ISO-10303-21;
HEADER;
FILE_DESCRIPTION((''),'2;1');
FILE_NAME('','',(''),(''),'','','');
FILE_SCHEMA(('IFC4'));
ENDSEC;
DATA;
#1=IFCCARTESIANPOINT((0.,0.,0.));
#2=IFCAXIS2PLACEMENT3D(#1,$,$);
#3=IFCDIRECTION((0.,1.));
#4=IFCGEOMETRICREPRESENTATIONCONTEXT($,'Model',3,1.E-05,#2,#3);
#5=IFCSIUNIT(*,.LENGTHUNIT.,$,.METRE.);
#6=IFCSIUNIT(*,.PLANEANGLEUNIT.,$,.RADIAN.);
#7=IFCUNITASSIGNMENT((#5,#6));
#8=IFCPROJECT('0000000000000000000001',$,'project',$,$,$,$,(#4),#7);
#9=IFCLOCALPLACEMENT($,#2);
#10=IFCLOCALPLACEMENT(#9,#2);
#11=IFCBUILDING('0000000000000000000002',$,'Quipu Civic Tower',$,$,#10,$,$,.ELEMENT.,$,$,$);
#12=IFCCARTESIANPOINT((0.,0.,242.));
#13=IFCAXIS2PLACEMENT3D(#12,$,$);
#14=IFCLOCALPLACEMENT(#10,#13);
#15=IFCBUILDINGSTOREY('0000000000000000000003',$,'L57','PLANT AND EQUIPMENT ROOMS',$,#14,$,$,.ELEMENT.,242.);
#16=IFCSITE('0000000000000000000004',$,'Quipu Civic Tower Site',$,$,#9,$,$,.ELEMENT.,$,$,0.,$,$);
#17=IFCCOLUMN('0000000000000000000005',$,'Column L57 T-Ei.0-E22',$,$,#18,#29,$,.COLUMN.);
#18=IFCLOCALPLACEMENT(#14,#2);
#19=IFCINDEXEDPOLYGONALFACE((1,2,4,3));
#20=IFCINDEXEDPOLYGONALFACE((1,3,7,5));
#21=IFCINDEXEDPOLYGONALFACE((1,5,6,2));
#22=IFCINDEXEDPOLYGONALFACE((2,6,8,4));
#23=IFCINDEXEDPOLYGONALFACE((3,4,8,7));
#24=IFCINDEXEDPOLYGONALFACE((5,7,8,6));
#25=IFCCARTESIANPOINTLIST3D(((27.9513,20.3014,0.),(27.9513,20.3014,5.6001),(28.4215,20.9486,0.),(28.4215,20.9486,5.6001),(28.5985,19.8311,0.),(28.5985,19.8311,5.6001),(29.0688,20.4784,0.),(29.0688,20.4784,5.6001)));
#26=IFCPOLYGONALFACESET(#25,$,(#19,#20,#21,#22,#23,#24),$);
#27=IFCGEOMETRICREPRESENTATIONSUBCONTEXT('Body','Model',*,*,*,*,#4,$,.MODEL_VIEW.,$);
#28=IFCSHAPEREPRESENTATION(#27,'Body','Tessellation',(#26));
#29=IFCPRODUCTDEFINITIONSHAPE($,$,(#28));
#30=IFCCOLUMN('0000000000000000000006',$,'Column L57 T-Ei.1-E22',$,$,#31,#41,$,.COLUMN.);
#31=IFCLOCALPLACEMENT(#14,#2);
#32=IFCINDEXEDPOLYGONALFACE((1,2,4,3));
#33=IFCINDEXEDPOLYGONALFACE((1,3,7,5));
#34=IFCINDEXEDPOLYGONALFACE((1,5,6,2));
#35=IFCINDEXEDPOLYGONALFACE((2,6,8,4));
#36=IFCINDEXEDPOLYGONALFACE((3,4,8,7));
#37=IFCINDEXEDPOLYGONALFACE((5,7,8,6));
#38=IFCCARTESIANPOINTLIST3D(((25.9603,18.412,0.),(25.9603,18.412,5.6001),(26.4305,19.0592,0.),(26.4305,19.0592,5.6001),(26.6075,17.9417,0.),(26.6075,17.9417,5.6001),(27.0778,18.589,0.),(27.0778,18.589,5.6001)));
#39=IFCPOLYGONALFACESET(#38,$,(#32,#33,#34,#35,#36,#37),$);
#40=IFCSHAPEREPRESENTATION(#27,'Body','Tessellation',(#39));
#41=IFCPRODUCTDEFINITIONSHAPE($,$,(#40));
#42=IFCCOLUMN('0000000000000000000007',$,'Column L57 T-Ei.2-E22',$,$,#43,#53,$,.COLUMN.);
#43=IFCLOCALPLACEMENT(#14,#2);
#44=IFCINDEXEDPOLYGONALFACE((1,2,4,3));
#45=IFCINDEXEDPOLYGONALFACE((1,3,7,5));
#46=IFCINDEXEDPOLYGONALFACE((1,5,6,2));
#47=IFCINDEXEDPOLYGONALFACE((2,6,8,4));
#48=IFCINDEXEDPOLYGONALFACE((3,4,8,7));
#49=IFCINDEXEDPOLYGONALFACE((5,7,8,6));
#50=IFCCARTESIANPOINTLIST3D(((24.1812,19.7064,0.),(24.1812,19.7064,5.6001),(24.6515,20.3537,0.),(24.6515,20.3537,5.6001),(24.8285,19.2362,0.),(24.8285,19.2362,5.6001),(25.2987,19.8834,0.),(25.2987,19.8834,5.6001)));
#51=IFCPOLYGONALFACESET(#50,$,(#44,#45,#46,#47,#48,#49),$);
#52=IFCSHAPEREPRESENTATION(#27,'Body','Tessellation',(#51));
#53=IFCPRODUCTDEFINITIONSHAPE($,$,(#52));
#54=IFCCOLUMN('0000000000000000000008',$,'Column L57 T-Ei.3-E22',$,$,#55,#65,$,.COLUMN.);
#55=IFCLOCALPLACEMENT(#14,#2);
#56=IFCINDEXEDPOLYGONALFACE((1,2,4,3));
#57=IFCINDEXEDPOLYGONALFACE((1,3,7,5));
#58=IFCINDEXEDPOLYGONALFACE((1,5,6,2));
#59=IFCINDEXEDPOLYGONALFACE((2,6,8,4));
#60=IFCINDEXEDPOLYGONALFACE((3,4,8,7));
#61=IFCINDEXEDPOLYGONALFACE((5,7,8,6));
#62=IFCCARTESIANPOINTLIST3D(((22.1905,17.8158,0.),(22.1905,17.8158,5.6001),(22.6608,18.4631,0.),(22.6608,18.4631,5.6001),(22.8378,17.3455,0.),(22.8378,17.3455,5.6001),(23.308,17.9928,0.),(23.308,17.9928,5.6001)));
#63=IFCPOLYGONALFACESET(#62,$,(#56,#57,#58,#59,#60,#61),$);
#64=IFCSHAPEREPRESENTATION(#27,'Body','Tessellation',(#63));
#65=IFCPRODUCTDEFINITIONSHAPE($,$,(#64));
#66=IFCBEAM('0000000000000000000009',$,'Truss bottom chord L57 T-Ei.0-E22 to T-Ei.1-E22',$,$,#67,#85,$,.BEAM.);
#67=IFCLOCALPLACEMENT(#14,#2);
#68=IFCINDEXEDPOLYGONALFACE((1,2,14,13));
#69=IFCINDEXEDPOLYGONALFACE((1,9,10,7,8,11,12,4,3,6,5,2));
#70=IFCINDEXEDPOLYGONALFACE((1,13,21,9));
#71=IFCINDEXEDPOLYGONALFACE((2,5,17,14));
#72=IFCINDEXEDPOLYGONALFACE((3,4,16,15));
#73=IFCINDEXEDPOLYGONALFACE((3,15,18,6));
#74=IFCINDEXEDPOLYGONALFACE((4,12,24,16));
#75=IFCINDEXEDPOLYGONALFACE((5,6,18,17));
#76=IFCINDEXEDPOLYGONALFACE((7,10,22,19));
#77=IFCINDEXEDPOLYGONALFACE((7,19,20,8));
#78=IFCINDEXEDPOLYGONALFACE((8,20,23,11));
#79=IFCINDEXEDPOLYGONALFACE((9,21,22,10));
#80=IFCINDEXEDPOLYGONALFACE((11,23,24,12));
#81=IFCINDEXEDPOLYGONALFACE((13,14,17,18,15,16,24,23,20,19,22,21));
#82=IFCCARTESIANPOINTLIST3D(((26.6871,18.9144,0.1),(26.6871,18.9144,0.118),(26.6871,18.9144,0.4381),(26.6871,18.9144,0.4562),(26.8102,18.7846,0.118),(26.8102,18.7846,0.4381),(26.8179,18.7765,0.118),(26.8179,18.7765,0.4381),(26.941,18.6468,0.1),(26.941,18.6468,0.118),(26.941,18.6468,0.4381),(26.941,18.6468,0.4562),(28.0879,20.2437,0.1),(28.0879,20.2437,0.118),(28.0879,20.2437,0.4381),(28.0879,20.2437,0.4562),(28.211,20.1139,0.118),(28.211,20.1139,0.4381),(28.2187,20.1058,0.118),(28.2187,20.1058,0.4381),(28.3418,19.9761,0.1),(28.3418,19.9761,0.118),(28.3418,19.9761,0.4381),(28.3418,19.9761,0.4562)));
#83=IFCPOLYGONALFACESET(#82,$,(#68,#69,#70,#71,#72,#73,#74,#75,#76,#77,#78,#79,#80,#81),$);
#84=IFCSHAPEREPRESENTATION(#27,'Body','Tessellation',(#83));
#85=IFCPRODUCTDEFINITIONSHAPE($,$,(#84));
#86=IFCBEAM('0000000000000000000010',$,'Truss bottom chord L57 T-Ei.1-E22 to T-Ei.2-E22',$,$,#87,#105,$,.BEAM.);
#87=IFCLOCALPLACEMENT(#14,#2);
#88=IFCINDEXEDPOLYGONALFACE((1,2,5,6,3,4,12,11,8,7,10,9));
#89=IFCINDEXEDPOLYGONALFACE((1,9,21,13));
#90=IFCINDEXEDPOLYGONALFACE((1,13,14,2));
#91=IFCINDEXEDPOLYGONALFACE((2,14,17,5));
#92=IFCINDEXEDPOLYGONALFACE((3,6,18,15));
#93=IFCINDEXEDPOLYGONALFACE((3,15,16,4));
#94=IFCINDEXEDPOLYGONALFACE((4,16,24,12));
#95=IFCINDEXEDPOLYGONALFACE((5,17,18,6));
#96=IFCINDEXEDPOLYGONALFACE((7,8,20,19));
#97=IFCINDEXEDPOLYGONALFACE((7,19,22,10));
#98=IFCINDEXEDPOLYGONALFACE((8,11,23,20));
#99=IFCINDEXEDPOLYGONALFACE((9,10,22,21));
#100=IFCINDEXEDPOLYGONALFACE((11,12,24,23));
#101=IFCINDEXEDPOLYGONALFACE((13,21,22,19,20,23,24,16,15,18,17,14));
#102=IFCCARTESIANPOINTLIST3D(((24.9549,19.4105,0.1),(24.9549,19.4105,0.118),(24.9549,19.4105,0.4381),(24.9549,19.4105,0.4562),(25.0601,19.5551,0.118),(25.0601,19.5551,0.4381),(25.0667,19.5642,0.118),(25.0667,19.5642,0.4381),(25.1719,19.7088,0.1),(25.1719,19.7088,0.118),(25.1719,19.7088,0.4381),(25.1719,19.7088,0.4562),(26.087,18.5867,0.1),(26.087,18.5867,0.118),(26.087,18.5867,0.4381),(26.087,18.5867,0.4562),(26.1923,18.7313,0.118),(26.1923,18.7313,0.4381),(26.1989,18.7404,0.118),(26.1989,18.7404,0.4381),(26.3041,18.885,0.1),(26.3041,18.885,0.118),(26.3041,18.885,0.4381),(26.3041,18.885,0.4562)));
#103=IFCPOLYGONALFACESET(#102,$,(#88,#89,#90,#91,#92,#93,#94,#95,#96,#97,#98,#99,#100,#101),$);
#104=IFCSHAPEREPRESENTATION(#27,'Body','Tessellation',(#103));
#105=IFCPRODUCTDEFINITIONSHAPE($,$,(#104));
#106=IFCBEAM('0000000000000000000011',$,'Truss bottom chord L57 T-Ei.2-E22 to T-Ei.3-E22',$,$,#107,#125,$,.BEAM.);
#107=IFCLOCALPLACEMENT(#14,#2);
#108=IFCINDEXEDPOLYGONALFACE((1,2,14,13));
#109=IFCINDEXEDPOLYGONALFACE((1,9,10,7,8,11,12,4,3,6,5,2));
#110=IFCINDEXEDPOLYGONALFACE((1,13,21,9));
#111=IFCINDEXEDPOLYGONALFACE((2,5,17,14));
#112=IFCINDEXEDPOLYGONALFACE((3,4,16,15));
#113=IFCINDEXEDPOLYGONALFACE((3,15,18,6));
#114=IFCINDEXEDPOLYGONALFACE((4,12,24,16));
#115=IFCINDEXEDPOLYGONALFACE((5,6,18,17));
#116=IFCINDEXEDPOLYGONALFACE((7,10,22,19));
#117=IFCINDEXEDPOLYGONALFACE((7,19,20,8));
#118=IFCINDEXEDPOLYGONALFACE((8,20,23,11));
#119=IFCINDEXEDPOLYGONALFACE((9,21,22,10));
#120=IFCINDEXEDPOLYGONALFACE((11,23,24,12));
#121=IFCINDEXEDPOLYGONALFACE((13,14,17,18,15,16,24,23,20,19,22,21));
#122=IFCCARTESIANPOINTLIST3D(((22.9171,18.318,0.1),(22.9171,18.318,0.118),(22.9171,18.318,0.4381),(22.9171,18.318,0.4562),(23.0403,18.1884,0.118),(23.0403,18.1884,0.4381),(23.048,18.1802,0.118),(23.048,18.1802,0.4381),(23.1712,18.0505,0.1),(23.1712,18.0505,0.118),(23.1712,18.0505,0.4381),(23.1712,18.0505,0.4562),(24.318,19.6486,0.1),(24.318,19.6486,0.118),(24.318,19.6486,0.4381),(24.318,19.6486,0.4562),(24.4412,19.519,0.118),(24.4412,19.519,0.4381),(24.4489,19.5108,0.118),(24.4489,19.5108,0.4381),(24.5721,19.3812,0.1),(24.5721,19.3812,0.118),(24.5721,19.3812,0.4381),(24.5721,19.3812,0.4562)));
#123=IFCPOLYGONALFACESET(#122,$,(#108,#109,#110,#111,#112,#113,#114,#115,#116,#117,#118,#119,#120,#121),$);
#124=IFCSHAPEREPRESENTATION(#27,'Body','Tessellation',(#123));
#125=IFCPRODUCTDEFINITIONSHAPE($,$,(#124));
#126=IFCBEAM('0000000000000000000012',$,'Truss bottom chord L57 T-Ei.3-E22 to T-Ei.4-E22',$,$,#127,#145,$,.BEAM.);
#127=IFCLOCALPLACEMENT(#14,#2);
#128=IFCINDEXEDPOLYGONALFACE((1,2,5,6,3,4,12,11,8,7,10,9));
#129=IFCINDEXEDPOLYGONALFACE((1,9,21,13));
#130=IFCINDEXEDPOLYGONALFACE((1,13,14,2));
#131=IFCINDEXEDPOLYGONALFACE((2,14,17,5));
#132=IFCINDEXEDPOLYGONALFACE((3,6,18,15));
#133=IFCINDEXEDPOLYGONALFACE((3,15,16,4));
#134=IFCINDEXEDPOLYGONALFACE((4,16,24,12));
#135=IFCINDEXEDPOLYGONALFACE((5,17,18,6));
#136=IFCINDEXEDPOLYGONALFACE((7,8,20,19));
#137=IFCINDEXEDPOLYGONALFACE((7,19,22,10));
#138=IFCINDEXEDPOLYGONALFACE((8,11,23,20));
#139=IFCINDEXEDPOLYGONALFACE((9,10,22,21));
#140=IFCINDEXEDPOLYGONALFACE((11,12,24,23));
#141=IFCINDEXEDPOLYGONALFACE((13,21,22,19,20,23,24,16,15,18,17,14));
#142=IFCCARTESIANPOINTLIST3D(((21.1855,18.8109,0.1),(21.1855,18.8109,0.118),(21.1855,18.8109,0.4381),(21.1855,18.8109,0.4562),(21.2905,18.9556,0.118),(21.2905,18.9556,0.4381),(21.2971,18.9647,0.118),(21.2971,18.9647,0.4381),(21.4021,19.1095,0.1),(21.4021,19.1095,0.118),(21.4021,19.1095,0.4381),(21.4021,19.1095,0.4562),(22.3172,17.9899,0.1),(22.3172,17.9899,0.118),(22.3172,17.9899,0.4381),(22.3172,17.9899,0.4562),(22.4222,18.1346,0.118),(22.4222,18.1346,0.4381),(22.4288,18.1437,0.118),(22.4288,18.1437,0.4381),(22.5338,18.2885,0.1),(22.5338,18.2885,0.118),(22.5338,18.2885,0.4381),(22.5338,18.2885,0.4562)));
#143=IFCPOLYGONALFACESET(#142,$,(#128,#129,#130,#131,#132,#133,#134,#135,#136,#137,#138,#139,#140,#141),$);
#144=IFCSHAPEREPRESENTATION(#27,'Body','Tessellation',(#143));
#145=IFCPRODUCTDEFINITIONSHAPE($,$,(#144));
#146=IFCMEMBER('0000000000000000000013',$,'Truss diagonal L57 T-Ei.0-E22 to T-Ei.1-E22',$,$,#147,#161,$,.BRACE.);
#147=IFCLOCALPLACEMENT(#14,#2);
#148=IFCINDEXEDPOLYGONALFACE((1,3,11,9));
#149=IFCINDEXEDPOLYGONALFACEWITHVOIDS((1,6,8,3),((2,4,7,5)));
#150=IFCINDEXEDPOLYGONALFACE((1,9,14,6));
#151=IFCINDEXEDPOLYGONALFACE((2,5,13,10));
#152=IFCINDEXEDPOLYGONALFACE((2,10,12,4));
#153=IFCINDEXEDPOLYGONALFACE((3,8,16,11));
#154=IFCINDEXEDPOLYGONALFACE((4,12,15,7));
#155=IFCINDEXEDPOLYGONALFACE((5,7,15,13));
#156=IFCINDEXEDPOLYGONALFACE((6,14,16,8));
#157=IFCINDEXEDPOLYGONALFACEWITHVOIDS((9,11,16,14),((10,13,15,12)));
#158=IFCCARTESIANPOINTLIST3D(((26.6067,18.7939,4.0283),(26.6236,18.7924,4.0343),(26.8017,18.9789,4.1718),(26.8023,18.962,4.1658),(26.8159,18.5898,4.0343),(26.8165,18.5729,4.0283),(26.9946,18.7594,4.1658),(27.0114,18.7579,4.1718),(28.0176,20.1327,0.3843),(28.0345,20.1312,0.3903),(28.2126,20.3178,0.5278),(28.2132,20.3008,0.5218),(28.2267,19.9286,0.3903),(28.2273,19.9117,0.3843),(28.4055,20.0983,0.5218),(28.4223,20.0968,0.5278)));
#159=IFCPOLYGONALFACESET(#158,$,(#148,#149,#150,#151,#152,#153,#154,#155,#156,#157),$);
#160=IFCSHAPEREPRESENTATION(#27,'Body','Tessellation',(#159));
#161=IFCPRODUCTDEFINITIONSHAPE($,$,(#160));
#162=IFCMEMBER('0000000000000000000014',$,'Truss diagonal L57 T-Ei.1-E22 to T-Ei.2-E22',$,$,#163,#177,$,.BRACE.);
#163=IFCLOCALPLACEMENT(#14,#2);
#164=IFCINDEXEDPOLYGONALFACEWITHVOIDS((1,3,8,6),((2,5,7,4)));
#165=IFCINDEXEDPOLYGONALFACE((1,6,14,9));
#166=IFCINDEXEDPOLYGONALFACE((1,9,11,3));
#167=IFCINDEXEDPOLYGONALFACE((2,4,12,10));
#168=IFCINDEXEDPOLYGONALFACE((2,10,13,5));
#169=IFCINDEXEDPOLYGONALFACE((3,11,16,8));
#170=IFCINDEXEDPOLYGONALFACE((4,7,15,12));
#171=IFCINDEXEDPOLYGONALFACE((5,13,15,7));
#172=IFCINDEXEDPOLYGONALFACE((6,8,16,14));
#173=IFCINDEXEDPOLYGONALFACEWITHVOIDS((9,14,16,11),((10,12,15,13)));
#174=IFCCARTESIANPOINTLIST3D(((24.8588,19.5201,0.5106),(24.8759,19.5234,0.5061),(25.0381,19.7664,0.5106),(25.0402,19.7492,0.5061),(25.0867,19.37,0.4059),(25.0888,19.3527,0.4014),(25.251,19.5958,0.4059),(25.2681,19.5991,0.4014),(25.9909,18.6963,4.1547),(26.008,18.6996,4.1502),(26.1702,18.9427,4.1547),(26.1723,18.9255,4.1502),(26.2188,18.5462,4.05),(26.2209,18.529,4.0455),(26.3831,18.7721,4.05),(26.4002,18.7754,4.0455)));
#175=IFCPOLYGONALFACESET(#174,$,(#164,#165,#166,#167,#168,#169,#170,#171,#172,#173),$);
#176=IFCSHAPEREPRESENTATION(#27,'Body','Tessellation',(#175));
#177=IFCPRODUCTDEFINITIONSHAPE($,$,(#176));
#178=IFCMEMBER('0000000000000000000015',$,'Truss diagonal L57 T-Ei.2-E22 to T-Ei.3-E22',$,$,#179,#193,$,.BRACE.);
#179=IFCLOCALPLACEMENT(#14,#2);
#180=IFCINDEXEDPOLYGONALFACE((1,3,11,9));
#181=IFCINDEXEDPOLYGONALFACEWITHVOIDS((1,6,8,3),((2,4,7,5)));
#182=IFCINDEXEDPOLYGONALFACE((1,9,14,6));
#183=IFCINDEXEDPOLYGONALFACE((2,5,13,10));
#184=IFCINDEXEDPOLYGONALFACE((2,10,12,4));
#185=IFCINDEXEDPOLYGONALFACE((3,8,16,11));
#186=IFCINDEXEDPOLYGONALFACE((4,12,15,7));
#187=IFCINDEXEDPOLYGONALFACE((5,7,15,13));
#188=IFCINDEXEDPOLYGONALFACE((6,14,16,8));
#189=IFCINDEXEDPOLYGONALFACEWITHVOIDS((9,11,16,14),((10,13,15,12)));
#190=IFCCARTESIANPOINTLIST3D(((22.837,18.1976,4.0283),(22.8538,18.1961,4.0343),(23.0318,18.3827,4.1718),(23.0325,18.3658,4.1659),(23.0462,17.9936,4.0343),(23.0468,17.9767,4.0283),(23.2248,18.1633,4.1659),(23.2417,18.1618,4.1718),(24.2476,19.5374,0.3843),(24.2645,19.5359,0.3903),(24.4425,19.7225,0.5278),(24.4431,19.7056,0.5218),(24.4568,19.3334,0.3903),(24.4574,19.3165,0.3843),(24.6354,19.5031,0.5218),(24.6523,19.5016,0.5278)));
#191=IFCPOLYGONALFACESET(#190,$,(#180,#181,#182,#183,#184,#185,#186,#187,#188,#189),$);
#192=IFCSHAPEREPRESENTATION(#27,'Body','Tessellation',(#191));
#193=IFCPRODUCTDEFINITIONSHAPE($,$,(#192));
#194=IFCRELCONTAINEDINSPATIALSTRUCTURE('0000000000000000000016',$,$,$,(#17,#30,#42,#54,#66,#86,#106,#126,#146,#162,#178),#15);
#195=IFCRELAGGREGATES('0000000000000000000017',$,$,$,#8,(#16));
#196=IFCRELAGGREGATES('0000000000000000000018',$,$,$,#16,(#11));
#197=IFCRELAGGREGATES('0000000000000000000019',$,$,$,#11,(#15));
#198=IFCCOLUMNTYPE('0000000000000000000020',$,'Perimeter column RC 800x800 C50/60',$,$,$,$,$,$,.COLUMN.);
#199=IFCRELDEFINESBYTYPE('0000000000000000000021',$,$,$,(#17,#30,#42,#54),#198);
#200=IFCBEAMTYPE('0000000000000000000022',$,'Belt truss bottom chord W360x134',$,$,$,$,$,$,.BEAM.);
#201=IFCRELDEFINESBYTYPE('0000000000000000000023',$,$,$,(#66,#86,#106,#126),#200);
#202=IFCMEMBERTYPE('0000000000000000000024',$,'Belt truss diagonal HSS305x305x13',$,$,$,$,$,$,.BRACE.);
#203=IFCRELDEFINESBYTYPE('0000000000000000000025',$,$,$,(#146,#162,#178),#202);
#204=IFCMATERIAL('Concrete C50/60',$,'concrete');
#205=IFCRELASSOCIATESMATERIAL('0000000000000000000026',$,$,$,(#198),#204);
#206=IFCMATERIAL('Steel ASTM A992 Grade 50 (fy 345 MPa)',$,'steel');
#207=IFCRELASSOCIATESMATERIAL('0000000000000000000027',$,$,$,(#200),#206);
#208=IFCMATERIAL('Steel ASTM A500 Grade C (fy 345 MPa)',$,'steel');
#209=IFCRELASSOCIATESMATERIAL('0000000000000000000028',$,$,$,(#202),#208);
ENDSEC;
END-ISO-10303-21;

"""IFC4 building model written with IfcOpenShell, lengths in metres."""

from ifc_helpers import new_model, si_unit, direction, frame, origin, origin_2d, place, context, subcontext, project, spatial, rectangle, hollow_rectangle, i_section, extrude, material, material_profile, profile_set, type_object, element, save


model = new_model("IFC4")

# Units and contexts
model_context = context("Model", 3, precision=1e-05, world=origin(), true_north=direction((0.0, 1.0)))
body_context = subcontext(model_context, "Body", "Model", "MODEL_VIEW")
ifc_project = project(units=[si_unit("LENGTHUNIT", "METRE"), si_unit("PLANEANGLEUNIT", "RADIAN")], contexts=[model_context])

# Site, building, storey
site_placement = place(None, origin())
site = spatial("IfcSite", under=ifc_project, at=site_placement, Name="Quipu Civic Tower Site", CompositionType="ELEMENT", RefElevation=0.0)
building_placement = place(site_placement, origin())
building = spatial("IfcBuilding", under=site, at=building_placement, Name="Quipu Civic Tower", CompositionType="ELEMENT")
storey_placement = place(building_placement, frame((0.0, 0.0, 242.0)))
storey = spatial("IfcBuildingStorey", under=building, at=storey_placement, Name="L57", Description="PLANT AND EQUIPMENT ROOMS", CompositionType="ELEMENT", Elevation=242.0)

# Columns
ifc_material_1 = material(Name="Concrete C50/60", Category="concrete")
ifc_material_profile_1 = material_profile(ifc_material_1, rectangle(XDim=0.8, YDim=0.8, at=origin_2d()), Name="RC800x800")
ifc_profile_set_1 = profile_set([ifc_material_profile_1], Name="Concrete C50/60")
column_type = type_object("IfcColumnType", Name="Perimeter column RC 800x800 C50/60", PredefinedType="COLUMN", material=ifc_profile_set_1)
for number, where, z_axis, x_axis, name in (
    (1, (28.51, 20.3899, 0.0), (0.0, 0.0, 1.0), (-0.587785, -0.809017, 0.0), "Column L57 T-Ei.0-E22"),
    (2, (26.519, 18.5005, 0.0), (0.0, 0.0, 1.0), (-0.809017, 0.587785, 0.0), "Column L57 T-Ei.1-E22"),
    (3, (24.74, 19.7949, 0.0), (0.0, 0.0, 1.0), (-0.587785, -0.809017, 0.0), "Column L57 T-Ei.2-E22"),
    (4, (22.7493, 17.9043, 0.0), (0.0, 0.0, 1.0), (-0.587785, -0.809017, 0.0), "Column L57 T-Ei.3-E22"),
):
    element("IfcColumn", number, at=place(storey_placement, frame(where, z_axis=z_axis, x_axis=x_axis)), inside=storey, type_object=column_type, Name=name, PredefinedType="COLUMN", context=body_context, shape_type="SweptSolid", body=[
        extrude(rectangle(XDim=0.8, YDim=0.8, at=origin_2d()), origin(), (0.0, 0.0, 1.0), 5.6001),
    ])

# Beams
ifc_material_2 = material(Name="Steel ASTM A992 Grade 50 (fy 345 MPa)", Category="steel")
ifc_material_profile_2 = material_profile(ifc_material_2, i_section(OverallWidth=0.3689, OverallDepth=0.3562, WebThickness=0.0112, FlangeThickness=0.0181, at=origin_2d()), Name="W360x134")
ifc_profile_set_2 = profile_set([ifc_material_profile_2], Name="Steel ASTM A992 Grade 50 (fy 345 MPa)")
beam_type_1 = type_object("IfcBeamType", Name="Belt truss bottom chord W360x134", PredefinedType="BEAM", material=ifc_profile_set_2)
beam_1_placement = place(storey_placement, frame((28.2148, 20.1099, 0.2781), z_axis=(-0.725384, -0.688344, 0.0), x_axis=(0.688344, -0.725384, 0.0)))
element("IfcBeam", 5, at=beam_1_placement, inside=storey, type_object=beam_type_1, Name="Truss bottom chord L57 T-Ei.0-E22 to T-Ei.1-E22", PredefinedType="BEAM", context=body_context, shape_type="SweptSolid", body=[
    extrude(i_section(OverallWidth=0.3689, OverallDepth=0.3562, WebThickness=0.0112, FlangeThickness=0.0181, at=origin_2d()), origin(), (0.0, 0.0, 1.0), 1.9312),
])
beam_2_placement = place(storey_placement, frame((26.1956, 18.7358, 0.2781), z_axis=(-0.8086, 0.588358, 0.0), x_axis=(-0.588358, -0.8086, 0.0)))
element("IfcBeam", 6, at=beam_2_placement, inside=storey, type_object=beam_type_1, Name="Truss bottom chord L57 T-Ei.1-E22 to T-Ei.2-E22", PredefinedType="BEAM", context=body_context, shape_type="SweptSolid", body=[
    extrude(i_section(OverallWidth=0.3689, OverallDepth=0.3562, WebThickness=0.0112, FlangeThickness=0.0181, at=origin_2d()), origin(), (0.0, 0.0, 1.0), 1.4001),
])
beam_3_placement = place(storey_placement, frame((24.4451, 19.5149, 0.2781), z_axis=(-0.725069, -0.688676, 0.0), x_axis=(0.688676, -0.725069, 0.0)))
element("IfcBeam", 7, at=beam_3_placement, inside=storey, type_object=beam_type_1, Name="Truss bottom chord L57 T-Ei.2-E22 to T-Ei.3-E22", PredefinedType="BEAM", context=body_context, shape_type="SweptSolid", body=[
    extrude(i_section(OverallWidth=0.3689, OverallDepth=0.3562, WebThickness=0.0112, FlangeThickness=0.0181, at=origin_2d()), origin(), (0.0, 0.0, 1.0), 1.9321),
])
beam_4_placement = place(storey_placement, frame((22.4255, 18.1392, 0.2781), z_axis=(-0.809453, 0.587185, 0.0), x_axis=(-0.587185, -0.809453, 0.0)))
element("IfcBeam", 8, at=beam_4_placement, inside=storey, type_object=beam_type_1, Name="Truss bottom chord L57 T-Ei.3-E22 to T-Ei.4-E22", PredefinedType="BEAM", context=body_context, shape_type="SweptSolid", body=[
    extrude(i_section(OverallWidth=0.3689, OverallDepth=0.3562, WebThickness=0.0112, FlangeThickness=0.0181, at=origin_2d()), origin(), (0.0, 0.0, 1.0), 1.3982),
])

# Members
ifc_material_3 = material(Name="Steel ASTM A500 Grade C (fy 345 MPa)", Category="steel")
ifc_material_profile_3 = material_profile(ifc_material_3, hollow_rectangle(XDim=0.3047, YDim=0.3047, WallThickness=0.0127, at=origin_2d()), Name="HSS305x305x13")
ifc_profile_set_3 = profile_set([ifc_material_profile_3], Name="Steel ASTM A500 Grade C (fy 345 MPa)")
member_type = type_object("IfcMemberType", Name="Belt truss diagonal HSS305x305x13", PredefinedType="BRACE", material=ifc_profile_set_3)
member_1_placement = place(storey_placement, frame((28.22, 20.1147, 0.4561), z_axis=(-0.341566, -0.32413, 0.882197), x_axis=(0.68835, -0.725379, 0.0)))
element("IfcMember", 9, at=member_1_placement, inside=storey, type_object=member_type, Name="Truss diagonal L57 T-Ei.0-E22 to T-Ei.1-E22", PredefinedType="BRACE", context=body_context, shape_type="SweptSolid", body=[
    extrude(hollow_rectangle(XDim=0.3047, YDim=0.3047, WallThickness=0.0127, at=origin_2d()), origin(), (0.0, 0.0, 1.0), 4.1306),
])
member_2_placement = place(storey_placement, frame((26.1956, 18.7358, 4.1001), z_axis=(-0.289999, 0.211011, -0.933475), x_axis=(-0.588358, -0.8086, 0.0)))
element("IfcMember", 10, at=member_2_placement, inside=storey, type_object=member_type, Name="Truss diagonal L57 T-Ei.1-E22 to T-Ei.2-E22", PredefinedType="BRACE", context=body_context, shape_type="SweptSolid", body=[
    extrude(hollow_rectangle(XDim=0.3047, YDim=0.3047, WallThickness=0.0127, at=origin_2d()), origin(), (0.0, 0.0, 1.0), 3.9038),
])
member_3_placement = place(storey_placement, frame((24.45, 19.5195, 0.4561), z_axis=(-0.341488, -0.324348, 0.882147), x_axis=(0.688677, -0.725068, 0.0)))
element("IfcMember", 11, at=member_3_placement, inside=storey, type_object=member_type, Name="Truss diagonal L57 T-Ei.2-E22 to T-Ei.3-E22", PredefinedType="BRACE", context=body_context, shape_type="SweptSolid", body=[
    extrude(hollow_rectangle(XDim=0.3047, YDim=0.3047, WallThickness=0.0127, at=origin_2d()), origin(), (0.0, 0.0, 1.0), 4.1309),
])

save(model, "model.ifc")
